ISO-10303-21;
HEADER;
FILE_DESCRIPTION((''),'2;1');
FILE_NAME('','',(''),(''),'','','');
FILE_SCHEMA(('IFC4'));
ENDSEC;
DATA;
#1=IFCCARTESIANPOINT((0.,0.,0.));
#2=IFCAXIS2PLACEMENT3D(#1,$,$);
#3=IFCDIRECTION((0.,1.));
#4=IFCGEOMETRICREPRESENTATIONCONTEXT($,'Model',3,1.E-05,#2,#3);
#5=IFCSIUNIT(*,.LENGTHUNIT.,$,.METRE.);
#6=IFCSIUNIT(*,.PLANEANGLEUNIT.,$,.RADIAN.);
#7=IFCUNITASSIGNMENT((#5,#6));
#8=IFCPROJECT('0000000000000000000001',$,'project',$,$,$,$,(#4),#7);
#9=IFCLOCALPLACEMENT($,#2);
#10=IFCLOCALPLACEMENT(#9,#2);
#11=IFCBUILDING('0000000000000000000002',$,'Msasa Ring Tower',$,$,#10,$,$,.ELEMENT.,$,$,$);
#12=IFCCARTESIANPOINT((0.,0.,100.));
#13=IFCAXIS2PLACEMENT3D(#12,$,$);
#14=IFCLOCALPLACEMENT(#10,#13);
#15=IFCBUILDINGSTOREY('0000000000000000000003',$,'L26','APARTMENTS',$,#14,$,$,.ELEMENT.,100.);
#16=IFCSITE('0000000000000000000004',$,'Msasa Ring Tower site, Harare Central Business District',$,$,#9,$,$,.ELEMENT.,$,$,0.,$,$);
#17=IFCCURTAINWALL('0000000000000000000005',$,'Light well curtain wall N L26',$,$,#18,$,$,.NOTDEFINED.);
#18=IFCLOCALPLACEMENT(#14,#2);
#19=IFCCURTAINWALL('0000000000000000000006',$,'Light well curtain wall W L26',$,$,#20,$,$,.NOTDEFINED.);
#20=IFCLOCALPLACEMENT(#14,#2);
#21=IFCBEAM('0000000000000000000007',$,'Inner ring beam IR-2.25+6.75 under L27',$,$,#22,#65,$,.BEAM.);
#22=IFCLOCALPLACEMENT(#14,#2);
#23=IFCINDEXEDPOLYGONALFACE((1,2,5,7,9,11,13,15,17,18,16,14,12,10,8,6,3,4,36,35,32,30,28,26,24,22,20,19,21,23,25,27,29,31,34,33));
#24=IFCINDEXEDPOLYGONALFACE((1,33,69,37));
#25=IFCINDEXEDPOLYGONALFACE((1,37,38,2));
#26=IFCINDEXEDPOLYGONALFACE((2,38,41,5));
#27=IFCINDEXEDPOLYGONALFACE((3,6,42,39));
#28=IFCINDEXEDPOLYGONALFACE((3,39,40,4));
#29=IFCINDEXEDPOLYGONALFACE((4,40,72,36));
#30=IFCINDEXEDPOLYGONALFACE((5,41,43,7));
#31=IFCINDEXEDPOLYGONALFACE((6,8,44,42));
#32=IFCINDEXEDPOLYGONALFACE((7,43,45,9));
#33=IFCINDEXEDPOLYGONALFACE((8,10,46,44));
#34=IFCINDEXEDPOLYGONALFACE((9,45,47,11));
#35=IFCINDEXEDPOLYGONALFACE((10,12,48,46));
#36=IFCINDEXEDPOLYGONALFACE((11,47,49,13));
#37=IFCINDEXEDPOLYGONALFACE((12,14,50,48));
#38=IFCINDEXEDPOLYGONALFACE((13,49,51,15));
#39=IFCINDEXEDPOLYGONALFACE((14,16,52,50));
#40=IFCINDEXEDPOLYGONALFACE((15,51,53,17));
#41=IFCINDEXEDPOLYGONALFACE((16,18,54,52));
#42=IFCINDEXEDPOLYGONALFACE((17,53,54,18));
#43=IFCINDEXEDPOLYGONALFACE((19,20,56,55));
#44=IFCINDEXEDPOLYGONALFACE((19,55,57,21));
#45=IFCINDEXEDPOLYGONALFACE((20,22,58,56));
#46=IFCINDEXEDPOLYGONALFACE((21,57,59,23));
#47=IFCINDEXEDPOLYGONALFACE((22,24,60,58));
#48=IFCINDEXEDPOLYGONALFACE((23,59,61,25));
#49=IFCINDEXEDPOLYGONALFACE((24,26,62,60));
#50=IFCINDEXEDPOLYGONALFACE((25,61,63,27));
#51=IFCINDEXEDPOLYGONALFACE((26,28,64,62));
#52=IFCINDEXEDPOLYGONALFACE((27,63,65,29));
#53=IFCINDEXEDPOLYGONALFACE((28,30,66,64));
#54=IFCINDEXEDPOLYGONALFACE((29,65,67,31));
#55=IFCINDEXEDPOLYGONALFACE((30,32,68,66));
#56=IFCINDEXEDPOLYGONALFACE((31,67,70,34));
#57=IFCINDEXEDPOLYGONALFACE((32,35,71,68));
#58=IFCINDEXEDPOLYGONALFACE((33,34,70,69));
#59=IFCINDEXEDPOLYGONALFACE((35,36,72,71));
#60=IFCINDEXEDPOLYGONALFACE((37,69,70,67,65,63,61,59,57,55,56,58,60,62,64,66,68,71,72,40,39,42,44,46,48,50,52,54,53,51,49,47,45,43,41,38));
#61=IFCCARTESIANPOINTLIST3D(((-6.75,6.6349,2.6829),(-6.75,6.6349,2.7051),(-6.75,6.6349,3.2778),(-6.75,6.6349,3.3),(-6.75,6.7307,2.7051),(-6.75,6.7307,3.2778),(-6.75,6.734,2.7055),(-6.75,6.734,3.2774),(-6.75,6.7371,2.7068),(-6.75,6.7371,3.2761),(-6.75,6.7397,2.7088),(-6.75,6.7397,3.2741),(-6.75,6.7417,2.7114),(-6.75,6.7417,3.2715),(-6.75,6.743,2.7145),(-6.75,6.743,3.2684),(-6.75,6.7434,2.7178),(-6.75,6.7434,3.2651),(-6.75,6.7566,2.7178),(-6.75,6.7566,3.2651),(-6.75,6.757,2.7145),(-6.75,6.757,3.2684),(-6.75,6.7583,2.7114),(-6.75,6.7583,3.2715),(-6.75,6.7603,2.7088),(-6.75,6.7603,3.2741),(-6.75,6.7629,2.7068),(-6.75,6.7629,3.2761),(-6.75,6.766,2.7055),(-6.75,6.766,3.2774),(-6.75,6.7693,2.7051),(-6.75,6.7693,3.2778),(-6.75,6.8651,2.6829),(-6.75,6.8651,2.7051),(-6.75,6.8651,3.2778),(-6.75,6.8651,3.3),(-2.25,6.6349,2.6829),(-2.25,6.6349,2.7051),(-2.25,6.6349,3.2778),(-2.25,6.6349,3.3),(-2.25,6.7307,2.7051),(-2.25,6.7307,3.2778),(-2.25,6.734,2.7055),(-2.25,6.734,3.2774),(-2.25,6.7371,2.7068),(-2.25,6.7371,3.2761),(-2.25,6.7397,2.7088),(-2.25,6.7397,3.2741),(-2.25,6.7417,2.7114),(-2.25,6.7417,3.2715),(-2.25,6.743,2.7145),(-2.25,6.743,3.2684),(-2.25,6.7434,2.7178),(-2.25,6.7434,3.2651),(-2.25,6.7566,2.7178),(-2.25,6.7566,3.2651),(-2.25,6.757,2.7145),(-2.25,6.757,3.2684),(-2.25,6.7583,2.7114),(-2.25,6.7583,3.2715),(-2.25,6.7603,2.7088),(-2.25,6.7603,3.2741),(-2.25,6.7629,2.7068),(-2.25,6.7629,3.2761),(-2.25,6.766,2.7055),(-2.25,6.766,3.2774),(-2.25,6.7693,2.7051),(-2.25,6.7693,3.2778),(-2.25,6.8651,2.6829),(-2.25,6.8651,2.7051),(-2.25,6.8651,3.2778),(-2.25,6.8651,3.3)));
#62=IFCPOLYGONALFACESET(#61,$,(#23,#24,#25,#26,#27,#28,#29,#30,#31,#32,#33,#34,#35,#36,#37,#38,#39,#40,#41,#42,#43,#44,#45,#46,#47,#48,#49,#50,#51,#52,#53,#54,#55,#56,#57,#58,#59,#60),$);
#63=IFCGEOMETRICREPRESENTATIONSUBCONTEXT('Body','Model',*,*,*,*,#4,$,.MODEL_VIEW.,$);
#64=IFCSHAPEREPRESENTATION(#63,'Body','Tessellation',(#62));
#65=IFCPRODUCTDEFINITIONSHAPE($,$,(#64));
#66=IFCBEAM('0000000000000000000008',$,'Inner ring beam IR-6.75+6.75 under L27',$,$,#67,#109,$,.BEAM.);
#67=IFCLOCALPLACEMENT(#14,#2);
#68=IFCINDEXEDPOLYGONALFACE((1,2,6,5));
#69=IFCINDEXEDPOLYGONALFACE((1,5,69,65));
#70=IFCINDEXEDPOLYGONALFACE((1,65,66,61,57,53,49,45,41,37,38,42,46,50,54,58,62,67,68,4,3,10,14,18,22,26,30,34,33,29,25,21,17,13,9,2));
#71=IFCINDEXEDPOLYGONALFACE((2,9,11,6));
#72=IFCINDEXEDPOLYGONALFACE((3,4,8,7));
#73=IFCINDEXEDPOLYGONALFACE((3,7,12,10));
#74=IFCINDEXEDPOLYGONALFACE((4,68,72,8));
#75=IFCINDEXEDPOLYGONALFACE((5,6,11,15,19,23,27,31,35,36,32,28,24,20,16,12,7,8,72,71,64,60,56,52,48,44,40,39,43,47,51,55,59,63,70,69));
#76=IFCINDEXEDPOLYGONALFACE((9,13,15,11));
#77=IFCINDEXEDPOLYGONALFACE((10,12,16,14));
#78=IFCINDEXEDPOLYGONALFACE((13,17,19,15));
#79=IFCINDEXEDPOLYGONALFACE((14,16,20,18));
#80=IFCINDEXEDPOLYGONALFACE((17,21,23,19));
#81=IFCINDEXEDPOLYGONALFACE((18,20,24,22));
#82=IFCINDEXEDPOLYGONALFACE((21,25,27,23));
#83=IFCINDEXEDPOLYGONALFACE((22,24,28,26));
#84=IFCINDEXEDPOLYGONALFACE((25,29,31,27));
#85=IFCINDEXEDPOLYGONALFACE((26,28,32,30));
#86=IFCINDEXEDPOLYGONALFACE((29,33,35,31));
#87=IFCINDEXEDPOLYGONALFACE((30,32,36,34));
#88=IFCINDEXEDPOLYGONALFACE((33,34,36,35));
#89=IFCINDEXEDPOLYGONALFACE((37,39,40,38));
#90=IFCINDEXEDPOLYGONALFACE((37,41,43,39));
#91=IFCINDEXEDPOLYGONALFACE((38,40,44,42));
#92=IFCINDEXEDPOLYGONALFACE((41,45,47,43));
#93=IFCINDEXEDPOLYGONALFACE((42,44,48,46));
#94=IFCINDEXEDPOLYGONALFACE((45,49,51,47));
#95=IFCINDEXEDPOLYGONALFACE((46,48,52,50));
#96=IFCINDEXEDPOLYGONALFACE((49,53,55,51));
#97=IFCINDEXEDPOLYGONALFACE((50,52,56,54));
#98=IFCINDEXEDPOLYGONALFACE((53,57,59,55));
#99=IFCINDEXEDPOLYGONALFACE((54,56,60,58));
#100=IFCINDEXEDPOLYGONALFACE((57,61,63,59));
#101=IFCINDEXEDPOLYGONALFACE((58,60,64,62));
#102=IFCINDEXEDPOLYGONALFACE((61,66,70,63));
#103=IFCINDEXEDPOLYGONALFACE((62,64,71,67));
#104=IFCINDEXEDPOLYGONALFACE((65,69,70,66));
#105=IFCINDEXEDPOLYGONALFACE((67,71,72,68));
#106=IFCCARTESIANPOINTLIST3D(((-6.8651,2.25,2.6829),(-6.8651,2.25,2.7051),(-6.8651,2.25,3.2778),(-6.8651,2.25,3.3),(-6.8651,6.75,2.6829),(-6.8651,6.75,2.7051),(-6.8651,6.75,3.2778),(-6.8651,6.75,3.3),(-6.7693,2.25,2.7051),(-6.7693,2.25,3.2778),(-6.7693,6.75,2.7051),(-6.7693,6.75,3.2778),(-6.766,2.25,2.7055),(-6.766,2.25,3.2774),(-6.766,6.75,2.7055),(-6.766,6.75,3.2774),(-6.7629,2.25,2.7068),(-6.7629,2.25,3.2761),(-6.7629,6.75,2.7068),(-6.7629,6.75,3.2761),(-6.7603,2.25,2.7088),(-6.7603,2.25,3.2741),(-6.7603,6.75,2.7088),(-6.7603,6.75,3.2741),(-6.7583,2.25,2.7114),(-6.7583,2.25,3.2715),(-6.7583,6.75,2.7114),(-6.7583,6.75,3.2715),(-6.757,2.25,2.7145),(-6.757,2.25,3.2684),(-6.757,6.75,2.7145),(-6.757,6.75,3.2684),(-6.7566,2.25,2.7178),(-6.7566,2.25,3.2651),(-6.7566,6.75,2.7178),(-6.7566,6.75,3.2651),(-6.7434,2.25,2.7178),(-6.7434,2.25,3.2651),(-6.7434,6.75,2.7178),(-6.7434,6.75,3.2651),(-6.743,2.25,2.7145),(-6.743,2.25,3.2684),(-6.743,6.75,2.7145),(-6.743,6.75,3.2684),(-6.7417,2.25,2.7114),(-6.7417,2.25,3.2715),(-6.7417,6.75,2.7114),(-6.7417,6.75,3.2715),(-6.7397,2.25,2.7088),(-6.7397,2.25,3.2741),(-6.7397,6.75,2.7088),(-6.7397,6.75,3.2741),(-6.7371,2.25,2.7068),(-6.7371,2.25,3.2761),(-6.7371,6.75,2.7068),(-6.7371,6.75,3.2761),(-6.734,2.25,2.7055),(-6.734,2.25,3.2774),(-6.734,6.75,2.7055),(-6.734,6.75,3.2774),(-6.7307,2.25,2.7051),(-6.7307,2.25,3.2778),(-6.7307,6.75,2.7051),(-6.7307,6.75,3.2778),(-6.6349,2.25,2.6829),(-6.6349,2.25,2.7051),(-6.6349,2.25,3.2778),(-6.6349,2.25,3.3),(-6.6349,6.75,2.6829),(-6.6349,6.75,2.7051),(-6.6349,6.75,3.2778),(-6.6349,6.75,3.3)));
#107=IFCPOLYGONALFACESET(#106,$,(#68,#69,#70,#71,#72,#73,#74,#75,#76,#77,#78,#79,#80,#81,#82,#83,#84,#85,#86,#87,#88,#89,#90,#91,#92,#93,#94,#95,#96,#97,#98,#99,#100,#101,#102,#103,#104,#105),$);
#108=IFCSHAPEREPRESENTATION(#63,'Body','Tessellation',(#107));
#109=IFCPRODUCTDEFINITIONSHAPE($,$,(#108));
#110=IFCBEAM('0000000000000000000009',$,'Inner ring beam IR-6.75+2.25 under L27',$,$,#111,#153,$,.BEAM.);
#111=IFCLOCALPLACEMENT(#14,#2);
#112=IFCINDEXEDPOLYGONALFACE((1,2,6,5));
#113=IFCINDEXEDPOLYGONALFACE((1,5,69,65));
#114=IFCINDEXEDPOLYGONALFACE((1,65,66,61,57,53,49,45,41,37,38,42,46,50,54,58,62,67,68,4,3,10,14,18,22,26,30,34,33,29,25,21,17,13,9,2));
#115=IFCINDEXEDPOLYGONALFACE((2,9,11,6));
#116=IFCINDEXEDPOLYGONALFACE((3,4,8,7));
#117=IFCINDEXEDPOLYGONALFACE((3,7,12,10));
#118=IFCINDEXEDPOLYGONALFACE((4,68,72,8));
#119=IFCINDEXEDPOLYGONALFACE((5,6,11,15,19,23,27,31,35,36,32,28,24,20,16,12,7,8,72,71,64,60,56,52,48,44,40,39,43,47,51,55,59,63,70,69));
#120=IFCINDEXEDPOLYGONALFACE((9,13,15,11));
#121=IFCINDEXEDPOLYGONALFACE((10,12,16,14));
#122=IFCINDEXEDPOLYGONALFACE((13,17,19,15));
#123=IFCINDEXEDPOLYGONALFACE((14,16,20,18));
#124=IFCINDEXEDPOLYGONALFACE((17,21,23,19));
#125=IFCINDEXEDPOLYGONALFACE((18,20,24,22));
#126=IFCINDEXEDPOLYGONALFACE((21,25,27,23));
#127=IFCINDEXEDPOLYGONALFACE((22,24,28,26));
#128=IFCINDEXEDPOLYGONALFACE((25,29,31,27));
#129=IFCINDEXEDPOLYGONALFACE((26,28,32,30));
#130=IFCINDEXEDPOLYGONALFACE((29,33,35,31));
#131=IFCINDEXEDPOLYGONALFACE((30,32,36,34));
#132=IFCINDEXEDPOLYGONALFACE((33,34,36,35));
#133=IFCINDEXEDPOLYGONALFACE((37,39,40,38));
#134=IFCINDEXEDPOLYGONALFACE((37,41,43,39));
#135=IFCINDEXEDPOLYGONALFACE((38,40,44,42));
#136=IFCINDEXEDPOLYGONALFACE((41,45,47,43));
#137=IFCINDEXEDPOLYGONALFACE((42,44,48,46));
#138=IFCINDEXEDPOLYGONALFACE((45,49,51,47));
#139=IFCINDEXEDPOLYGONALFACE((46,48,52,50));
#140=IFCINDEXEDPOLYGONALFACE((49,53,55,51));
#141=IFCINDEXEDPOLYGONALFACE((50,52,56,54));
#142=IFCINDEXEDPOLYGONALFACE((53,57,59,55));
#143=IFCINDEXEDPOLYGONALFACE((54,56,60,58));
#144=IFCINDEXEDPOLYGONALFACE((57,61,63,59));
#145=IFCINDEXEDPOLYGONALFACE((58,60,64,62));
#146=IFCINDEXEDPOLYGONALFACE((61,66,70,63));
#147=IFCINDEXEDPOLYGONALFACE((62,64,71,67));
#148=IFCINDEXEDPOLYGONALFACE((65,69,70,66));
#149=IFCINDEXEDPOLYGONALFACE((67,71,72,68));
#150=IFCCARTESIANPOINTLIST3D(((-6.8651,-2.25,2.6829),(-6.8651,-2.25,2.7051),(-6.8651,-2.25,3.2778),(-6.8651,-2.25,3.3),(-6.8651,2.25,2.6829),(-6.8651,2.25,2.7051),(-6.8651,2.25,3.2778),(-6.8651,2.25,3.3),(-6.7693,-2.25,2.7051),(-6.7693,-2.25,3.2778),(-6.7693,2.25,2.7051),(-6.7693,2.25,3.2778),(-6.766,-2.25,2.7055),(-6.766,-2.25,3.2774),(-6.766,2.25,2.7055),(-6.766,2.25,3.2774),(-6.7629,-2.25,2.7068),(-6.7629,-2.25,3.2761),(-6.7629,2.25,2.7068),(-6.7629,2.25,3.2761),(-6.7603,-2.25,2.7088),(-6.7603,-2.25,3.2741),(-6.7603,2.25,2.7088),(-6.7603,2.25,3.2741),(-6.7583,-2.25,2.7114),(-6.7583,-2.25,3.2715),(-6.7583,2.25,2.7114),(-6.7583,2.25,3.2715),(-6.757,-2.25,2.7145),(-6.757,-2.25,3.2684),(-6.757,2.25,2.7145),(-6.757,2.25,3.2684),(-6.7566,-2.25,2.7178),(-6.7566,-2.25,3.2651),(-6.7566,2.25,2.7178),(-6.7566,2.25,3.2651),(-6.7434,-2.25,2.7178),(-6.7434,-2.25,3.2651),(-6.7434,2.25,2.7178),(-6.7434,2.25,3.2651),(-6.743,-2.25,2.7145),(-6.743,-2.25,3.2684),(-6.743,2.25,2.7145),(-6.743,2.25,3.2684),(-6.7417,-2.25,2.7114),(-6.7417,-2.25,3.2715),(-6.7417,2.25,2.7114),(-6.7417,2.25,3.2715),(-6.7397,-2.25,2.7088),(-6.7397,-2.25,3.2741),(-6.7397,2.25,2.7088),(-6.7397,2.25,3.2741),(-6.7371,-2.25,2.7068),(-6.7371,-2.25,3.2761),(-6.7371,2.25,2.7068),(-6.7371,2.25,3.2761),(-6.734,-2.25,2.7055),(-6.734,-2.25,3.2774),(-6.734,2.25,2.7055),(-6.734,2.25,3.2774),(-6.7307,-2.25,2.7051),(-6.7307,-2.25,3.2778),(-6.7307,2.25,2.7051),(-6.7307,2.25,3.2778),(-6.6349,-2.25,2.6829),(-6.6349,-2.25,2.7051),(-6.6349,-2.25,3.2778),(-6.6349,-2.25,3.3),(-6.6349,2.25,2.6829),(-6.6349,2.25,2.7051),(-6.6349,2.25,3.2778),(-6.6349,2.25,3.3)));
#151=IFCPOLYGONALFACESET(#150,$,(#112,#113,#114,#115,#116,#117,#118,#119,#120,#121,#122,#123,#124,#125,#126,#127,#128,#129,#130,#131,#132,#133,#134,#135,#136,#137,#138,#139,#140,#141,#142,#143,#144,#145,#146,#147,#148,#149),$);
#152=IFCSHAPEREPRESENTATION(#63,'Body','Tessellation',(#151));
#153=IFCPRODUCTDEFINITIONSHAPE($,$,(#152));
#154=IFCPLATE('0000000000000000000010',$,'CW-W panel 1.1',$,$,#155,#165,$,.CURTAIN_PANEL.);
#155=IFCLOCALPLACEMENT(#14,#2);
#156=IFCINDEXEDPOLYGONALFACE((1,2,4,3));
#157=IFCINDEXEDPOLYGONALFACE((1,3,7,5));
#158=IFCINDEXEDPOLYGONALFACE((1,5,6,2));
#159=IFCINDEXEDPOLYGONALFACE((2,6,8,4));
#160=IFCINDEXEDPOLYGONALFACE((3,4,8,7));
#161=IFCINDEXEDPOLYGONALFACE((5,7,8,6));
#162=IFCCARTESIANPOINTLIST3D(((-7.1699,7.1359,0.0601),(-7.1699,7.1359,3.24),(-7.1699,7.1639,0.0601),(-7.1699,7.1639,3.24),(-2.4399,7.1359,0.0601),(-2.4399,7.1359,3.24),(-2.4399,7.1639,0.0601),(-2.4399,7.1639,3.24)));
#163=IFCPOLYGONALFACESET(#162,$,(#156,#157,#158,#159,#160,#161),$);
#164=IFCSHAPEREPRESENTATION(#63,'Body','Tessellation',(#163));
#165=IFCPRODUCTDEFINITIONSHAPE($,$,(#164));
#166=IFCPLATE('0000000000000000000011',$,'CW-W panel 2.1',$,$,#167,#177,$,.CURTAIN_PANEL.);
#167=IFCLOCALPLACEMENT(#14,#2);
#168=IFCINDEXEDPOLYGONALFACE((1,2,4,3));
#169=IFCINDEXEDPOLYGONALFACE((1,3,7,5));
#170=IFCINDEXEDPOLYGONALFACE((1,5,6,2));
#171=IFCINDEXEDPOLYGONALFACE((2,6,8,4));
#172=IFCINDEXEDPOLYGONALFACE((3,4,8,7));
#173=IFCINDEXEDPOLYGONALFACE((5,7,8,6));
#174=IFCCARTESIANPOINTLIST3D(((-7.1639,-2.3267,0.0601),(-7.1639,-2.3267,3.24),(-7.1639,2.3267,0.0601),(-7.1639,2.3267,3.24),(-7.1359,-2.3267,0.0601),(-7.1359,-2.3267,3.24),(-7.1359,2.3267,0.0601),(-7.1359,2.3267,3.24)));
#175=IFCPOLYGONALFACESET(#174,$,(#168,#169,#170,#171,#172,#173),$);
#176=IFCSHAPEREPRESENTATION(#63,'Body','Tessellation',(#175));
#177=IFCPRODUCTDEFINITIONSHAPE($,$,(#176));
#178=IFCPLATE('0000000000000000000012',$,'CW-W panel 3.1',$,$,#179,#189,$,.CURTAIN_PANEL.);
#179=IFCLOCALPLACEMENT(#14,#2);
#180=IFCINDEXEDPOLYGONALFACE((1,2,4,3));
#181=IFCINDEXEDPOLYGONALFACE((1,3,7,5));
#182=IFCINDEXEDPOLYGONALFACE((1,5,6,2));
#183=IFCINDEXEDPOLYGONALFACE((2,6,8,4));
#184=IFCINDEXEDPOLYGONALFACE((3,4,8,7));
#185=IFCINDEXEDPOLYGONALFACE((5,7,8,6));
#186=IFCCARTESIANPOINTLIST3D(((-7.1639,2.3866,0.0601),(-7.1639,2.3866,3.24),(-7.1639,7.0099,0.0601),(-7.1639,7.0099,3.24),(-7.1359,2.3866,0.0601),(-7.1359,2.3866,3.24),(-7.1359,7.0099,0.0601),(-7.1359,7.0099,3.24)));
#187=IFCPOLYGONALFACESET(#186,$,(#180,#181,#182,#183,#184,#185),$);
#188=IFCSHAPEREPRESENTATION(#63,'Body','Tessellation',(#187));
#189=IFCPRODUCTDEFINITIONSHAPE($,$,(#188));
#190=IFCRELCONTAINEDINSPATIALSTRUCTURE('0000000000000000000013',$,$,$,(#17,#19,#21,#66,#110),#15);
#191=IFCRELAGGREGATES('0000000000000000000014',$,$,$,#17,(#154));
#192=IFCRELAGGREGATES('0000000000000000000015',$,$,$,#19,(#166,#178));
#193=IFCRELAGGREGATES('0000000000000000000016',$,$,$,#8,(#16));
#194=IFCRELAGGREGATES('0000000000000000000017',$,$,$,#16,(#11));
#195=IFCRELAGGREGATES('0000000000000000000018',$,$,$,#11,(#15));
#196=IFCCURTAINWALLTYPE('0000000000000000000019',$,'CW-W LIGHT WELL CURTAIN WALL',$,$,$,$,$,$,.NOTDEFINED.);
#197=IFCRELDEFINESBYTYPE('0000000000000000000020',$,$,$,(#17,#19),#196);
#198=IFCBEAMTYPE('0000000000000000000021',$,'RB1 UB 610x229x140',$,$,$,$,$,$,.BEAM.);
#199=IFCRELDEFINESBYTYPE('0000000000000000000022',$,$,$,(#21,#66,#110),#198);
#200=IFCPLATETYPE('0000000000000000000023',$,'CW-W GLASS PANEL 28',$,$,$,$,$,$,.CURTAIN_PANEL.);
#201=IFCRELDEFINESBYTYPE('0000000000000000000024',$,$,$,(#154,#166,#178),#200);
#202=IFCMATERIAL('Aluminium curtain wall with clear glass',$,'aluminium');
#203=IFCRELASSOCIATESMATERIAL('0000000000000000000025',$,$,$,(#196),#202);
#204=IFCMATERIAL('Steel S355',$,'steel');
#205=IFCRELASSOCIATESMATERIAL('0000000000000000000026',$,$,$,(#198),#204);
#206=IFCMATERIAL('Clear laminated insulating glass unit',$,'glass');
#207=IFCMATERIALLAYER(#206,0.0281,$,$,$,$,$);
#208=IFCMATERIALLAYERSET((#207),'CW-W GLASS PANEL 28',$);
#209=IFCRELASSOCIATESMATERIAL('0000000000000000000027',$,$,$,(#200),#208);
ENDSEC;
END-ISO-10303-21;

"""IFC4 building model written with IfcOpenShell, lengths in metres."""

from ifc_helpers import new_model, si_unit, direction, frame, origin, origin_2d, place, context, subcontext, project, spatial, rectangle, i_section, extrude, material, layer, layer_set, material_profile, profile_set, type_object, element, aggregate, save


model = new_model("IFC4")

# Units and contexts
model_context = context("Model", 3, precision=1e-05, world=origin(), true_north=direction((0.0, 1.0)))
body_context = subcontext(model_context, "Body", "Model", "MODEL_VIEW")
ifc_project = project(units=[si_unit("LENGTHUNIT", "METRE"), si_unit("PLANEANGLEUNIT", "RADIAN")], contexts=[model_context])

# Site, building, storey
site_placement = place(None, origin())
site = spatial("IfcSite", under=ifc_project, at=site_placement, Name="Msasa Ring Tower site, Harare Central Business District", CompositionType="ELEMENT", RefElevation=0.0)
building_placement = place(site_placement, origin())
building = spatial("IfcBuilding", under=site, at=building_placement, Name="Msasa Ring Tower", CompositionType="ELEMENT")
storey_placement = place(building_placement, frame((0.0, 0.0, 100.0)))
storey = spatial("IfcBuildingStorey", under=building, at=storey_placement, Name="L26", Description="APARTMENTS", CompositionType="ELEMENT", Elevation=100.0)

# Curtain walls
ifc_material_1 = material(Name="Aluminium curtain wall with clear glass", Category="aluminium")
curtain_wall_type = type_object("IfcCurtainWallType", Name="CW-W LIGHT WELL CURTAIN WALL", PredefinedType="NOTDEFINED", material=ifc_material_1)
curtain_wall_1_placement = place(storey_placement, origin())
curtain_wall_1 = element("IfcCurtainWall", 1, at=curtain_wall_1_placement, inside=storey, type_object=curtain_wall_type, Name="Light well curtain wall N L26", PredefinedType="NOTDEFINED")
curtain_wall_2_placement = place(storey_placement, origin())
curtain_wall_2 = element("IfcCurtainWall", 2, at=curtain_wall_2_placement, inside=storey, type_object=curtain_wall_type, Name="Light well curtain wall W L26", PredefinedType="NOTDEFINED")

# Beams
ifc_material_2 = material(Name="Steel S355", Category="steel")
ifc_material_profile_1 = material_profile(ifc_material_2, i_section(OverallWidth=0.2302, OverallDepth=0.6172, WebThickness=0.0132, FlangeThickness=0.0222, FilletRadius=0.0127, at=origin_2d()), Name="UB 610x229x140")
ifc_profile_set_1 = profile_set([ifc_material_profile_1], Name="Steel S355")
beam_type = type_object("IfcBeamType", Name="RB1 UB 610x229x140", PredefinedType="BEAM", material=ifc_profile_set_1)
for number, where, z_axis, x_axis, name in (
    (3, (-2.25, 6.75, 2.9915), (-1.0, 0.0, 0.0), (0.0, -1.0, 0.0), "Inner ring beam IR-2.25+6.75 under L27"),
    (4, (-6.75, 6.75, 2.9915), (0.0, -1.0, 0.0), (1.0, 0.0, 0.0), "Inner ring beam IR-6.75+6.75 under L27"),
    (5, (-6.75, 2.25, 2.9915), (0.0, -1.0, 0.0), (1.0, 0.0, 0.0), "Inner ring beam IR-6.75+2.25 under L27"),
):
    element("IfcBeam", number, at=place(storey_placement, frame(where, z_axis=z_axis, x_axis=x_axis)), inside=storey, type_object=beam_type, Name=name, PredefinedType="BEAM", context=body_context, shape_type="SweptSolid", body=[
        extrude(i_section(OverallWidth=0.2302, OverallDepth=0.6172, WebThickness=0.0132, FlangeThickness=0.0222, FilletRadius=0.0127, at=origin_2d()), origin(), (0.0, 0.0, 1.0), 4.5),
    ])

# Plates
ifc_material_3 = material(Name="Clear laminated insulating glass unit", Category="glass")
ifc_layer_1 = layer(ifc_material_3, 0.0281)
ifc_layer_set_1 = layer_set([ifc_layer_1], Name="CW-W GLASS PANEL 28")
plate_type = type_object("IfcPlateType", Name="CW-W GLASS PANEL 28", PredefinedType="CURTAIN_PANEL", material=ifc_layer_set_1)
plate_1_placement = place(storey_placement, frame((-4.8049, 7.1499, 0.0601), z_axis=(0.0, 0.0, 1.0), x_axis=(1.0, 0.0, 0.0)))
plate_1 = element("IfcPlate", 6, at=plate_1_placement, type_object=plate_type, Name="CW-W panel 1.1", PredefinedType="CURTAIN_PANEL", context=body_context, shape_type="SweptSolid", body=[
    extrude(rectangle(XDim=4.73, YDim=0.0281, at=origin_2d()), origin(), (0.0, 0.0, 1.0), 3.1799),
])
aggregate(curtain_wall_1, [plate_1])
plate_2_placement = place(storey_placement, frame((-7.1499, 0.0, 0.0601), z_axis=(0.0, 0.0, 1.0), x_axis=(0.0, 1.0, 0.0)))
plate_2 = element("IfcPlate", 7, at=plate_2_placement, type_object=plate_type, Name="CW-W panel 2.1", PredefinedType="CURTAIN_PANEL", context=body_context, shape_type="SweptSolid", body=[
    extrude(rectangle(XDim=4.6533, YDim=0.0281, at=origin_2d()), origin(), (0.0, 0.0, 1.0), 3.1799),
])
plate_3_placement = place(storey_placement, frame((-7.1499, 4.6982, 0.0601), z_axis=(0.0, 0.0, 1.0), x_axis=(0.0, 1.0, 0.0)))
plate_3 = element("IfcPlate", 8, at=plate_3_placement, type_object=plate_type, Name="CW-W panel 3.1", PredefinedType="CURTAIN_PANEL", context=body_context, shape_type="SweptSolid", body=[
    extrude(rectangle(XDim=4.6233, YDim=0.0281, at=origin_2d()), origin(), (0.0, 0.0, 1.0), 3.1799),
])
aggregate(curtain_wall_2, [plate_2, plate_3])

save(model, "model.ifc")
